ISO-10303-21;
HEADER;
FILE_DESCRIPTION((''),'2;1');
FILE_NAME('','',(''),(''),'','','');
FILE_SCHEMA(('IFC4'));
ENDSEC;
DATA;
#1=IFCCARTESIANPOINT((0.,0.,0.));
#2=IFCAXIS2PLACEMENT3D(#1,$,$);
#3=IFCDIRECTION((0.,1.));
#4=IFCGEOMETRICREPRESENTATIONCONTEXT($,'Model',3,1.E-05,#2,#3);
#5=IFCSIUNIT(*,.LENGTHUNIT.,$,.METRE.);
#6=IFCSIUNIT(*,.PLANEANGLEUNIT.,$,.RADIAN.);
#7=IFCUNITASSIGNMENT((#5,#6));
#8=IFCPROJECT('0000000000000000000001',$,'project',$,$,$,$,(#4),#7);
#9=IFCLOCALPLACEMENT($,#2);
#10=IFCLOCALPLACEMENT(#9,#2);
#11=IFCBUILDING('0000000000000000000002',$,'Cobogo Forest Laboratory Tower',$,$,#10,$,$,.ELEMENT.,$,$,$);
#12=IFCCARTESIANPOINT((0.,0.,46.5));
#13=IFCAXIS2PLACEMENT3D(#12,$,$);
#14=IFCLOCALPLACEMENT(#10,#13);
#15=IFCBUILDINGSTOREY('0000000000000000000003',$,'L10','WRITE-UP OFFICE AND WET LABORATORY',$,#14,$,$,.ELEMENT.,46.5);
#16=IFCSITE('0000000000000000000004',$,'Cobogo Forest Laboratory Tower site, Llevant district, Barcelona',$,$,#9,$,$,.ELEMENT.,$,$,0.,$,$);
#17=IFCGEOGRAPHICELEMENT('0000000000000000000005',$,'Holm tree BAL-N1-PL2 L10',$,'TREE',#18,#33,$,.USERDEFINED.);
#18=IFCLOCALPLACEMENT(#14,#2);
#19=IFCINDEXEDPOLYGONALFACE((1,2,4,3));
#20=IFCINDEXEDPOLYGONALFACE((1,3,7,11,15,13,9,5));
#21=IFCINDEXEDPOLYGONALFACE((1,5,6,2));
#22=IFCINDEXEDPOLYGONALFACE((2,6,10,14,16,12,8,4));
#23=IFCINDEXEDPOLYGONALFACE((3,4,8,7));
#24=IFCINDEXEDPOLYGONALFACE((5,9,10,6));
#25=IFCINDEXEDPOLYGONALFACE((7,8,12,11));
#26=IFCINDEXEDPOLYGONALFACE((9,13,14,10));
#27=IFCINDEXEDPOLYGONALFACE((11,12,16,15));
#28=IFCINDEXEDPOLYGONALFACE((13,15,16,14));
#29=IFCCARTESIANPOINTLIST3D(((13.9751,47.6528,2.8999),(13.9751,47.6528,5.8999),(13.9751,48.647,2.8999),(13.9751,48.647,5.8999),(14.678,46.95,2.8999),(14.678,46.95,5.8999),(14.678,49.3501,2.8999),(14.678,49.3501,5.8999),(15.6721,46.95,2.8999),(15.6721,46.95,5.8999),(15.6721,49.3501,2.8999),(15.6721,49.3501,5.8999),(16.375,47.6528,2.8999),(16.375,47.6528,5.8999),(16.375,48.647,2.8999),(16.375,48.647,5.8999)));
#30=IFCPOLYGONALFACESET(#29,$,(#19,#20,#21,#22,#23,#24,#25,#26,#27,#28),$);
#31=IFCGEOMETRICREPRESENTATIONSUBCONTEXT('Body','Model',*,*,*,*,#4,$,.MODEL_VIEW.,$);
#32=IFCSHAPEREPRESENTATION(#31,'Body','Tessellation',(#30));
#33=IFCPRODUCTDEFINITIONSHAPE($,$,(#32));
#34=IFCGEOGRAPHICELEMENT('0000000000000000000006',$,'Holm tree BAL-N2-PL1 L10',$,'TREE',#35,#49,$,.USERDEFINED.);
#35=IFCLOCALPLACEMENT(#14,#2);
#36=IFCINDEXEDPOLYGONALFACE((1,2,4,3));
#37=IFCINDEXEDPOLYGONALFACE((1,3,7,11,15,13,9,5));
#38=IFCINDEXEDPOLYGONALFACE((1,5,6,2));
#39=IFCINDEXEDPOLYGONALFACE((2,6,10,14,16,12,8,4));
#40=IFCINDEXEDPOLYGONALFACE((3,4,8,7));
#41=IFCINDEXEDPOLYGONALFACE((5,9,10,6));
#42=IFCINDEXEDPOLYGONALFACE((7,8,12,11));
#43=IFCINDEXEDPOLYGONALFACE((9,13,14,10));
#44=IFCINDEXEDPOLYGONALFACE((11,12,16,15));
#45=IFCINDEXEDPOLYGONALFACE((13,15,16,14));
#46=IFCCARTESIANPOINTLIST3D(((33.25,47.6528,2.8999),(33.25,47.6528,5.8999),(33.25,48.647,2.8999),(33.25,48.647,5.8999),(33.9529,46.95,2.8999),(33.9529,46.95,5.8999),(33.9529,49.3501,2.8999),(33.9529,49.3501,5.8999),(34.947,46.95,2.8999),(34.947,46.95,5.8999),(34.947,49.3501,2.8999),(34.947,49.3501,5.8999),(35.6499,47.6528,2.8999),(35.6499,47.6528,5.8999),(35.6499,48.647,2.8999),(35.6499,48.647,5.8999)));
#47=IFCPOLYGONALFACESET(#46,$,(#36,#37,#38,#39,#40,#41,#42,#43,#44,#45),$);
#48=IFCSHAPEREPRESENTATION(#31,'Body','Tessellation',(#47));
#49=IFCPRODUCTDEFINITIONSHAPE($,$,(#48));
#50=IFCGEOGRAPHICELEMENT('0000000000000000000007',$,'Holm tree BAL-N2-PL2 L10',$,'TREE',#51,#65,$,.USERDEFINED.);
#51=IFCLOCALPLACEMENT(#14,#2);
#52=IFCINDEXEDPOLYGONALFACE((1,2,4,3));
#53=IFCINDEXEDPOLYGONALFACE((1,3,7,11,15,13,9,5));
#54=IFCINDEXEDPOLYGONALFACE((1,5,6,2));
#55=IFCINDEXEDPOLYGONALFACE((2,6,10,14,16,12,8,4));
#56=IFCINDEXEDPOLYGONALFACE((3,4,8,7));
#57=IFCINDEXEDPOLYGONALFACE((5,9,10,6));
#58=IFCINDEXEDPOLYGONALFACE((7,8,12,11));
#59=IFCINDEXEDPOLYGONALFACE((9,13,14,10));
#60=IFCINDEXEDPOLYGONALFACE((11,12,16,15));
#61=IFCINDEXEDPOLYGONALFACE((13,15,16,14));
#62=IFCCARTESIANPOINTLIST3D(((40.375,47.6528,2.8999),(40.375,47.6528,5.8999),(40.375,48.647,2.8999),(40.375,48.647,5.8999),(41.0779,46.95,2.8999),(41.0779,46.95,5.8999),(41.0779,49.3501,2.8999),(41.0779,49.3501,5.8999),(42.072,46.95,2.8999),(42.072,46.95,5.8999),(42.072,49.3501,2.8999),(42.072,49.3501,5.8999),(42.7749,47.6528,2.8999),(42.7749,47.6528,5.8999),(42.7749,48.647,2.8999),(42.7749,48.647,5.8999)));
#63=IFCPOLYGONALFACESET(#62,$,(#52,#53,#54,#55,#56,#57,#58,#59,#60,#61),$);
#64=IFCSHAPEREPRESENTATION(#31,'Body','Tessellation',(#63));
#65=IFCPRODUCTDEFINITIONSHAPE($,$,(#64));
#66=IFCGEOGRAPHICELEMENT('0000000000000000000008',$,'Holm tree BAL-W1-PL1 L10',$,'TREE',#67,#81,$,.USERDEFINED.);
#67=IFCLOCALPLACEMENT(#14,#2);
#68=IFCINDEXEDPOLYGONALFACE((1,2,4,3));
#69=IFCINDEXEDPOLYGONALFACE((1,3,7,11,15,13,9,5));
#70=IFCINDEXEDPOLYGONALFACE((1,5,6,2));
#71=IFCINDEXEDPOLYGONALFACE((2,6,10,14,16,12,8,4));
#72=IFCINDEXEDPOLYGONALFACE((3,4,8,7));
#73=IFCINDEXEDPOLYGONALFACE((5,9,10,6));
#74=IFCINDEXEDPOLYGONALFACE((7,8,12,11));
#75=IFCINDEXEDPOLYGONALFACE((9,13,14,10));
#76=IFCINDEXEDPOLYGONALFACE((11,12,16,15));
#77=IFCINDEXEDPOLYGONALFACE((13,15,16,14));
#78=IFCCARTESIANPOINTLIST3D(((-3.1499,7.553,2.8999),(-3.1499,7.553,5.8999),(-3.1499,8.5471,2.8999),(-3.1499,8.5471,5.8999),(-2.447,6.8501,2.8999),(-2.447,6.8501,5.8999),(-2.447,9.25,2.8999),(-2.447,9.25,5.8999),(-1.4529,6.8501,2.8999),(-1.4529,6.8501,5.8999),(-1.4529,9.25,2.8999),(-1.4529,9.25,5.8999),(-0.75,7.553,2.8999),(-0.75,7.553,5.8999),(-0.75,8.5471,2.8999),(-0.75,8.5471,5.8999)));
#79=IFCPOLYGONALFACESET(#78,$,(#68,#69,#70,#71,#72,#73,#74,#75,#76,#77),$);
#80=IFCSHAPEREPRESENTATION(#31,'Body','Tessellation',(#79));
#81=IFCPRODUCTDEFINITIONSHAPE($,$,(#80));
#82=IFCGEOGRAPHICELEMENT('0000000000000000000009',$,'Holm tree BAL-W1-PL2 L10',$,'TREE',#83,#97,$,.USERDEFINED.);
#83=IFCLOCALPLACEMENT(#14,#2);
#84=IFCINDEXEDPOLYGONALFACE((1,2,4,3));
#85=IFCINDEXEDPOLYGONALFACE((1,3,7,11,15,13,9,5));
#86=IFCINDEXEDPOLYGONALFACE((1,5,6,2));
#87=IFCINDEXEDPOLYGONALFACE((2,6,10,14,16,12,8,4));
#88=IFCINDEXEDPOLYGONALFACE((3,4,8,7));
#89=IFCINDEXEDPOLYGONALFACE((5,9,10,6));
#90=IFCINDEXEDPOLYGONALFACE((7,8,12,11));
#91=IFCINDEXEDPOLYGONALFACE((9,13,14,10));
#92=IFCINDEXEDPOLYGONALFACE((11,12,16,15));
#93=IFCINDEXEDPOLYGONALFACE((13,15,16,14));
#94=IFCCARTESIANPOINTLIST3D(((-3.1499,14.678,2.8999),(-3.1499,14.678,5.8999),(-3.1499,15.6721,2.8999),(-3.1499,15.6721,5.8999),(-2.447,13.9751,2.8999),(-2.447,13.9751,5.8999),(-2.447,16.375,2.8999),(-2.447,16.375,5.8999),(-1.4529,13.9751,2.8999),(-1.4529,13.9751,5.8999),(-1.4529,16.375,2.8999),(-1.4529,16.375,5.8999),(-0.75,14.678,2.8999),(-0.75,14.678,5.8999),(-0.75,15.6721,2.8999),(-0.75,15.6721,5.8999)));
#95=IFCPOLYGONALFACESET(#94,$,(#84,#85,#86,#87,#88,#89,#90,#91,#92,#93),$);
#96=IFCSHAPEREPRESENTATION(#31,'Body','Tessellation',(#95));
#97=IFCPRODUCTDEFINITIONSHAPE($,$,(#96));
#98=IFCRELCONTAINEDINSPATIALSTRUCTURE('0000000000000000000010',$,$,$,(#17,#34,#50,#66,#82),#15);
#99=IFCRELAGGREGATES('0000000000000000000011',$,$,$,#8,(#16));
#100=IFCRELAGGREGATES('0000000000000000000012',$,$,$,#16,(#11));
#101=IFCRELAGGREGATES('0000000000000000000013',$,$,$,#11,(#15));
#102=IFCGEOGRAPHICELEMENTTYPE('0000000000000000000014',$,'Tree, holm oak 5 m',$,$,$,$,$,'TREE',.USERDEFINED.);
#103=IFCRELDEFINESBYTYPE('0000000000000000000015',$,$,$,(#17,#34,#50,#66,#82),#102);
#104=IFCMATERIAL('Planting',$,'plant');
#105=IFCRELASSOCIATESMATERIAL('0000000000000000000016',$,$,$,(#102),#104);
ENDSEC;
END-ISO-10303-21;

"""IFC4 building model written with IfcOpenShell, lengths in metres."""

from ifc_helpers import new_model, si_unit, direction, frame, origin, place, context, subcontext, project, spatial, polyline, outline, extrude, material, type_object, element, save


model = new_model("IFC4")

# Units and contexts
model_context = context("Model", 3, precision=1e-05, world=origin(), true_north=direction((0.0, 1.0)))
body_context = subcontext(model_context, "Body", "Model", "MODEL_VIEW")
ifc_project = project(units=[si_unit("LENGTHUNIT", "METRE"), si_unit("PLANEANGLEUNIT", "RADIAN")], contexts=[model_context])

# Site, building, storey
site_placement = place(None, origin())
site = spatial("IfcSite", under=ifc_project, at=site_placement, Name="Cobogo Forest Laboratory Tower site, Llevant district, Barcelona", CompositionType="ELEMENT", RefElevation=0.0)
building_placement = place(site_placement, origin())
building = spatial("IfcBuilding", under=site, at=building_placement, Name="Cobogo Forest Laboratory Tower", CompositionType="ELEMENT")
storey_placement = place(building_placement, frame((0.0, 0.0, 46.5)))
storey = spatial("IfcBuildingStorey", under=building, at=storey_placement, Name="L10", Description="WRITE-UP OFFICE AND WET LABORATORY", CompositionType="ELEMENT", Elevation=46.5)

# Geographic elements
ifc_material_1 = material(Name="Planting", Category="plant")
geographic_element_type = type_object("IfcGeographicElementType", Name="Tree, holm oak 5 m", ElementType="TREE", PredefinedType="USERDEFINED", material=ifc_material_1)
geographic_element_1_placement = place(storey_placement, frame((0.0, 0.0, 2.8999)))
element("IfcGeographicElement", 1, at=geographic_element_1_placement, inside=storey, type_object=geographic_element_type, Name="Holm tree BAL-N1-PL2 L10", ObjectType="TREE", PredefinedType="USERDEFINED", context=body_context, shape_type="SweptSolid", body=[
    extrude(outline(polyline([(16.375, 47.6528), (16.375, 48.647), (15.6721, 49.3501), (14.678, 49.3501), (13.9751, 48.647), (13.9751, 47.6528), (14.678, 46.95), (15.6721, 46.95), (16.375, 47.6528)])), origin(), (0.0, 0.0, 1.0), 3.0),
])
geographic_element_2_placement = place(storey_placement, frame((0.0, 0.0, 2.8999)))
element("IfcGeographicElement", 2, at=geographic_element_2_placement, inside=storey, type_object=geographic_element_type, Name="Holm tree BAL-N2-PL1 L10", ObjectType="TREE", PredefinedType="USERDEFINED", context=body_context, shape_type="SweptSolid", body=[
    extrude(outline(polyline([(35.6499, 47.6528), (35.6499, 48.647), (34.947, 49.3501), (33.9529, 49.3501), (33.25, 48.647), (33.25, 47.6528), (33.9529, 46.95), (34.947, 46.95), (35.6499, 47.6528)])), origin(), (0.0, 0.0, 1.0), 3.0),
])
geographic_element_3_placement = place(storey_placement, frame((0.0, 0.0, 2.8999)))
element("IfcGeographicElement", 3, at=geographic_element_3_placement, inside=storey, type_object=geographic_element_type, Name="Holm tree BAL-N2-PL2 L10", ObjectType="TREE", PredefinedType="USERDEFINED", context=body_context, shape_type="SweptSolid", body=[
    extrude(outline(polyline([(42.7749, 47.6528), (42.7749, 48.647), (42.072, 49.3501), (41.0779, 49.3501), (40.375, 48.647), (40.375, 47.6528), (41.0779, 46.95), (42.072, 46.95), (42.7749, 47.6528)])), origin(), (0.0, 0.0, 1.0), 3.0),
])
geographic_element_4_placement = place(storey_placement, frame((0.0, 0.0, 2.8999)))
element("IfcGeographicElement", 4, at=geographic_element_4_placement, inside=storey, type_object=geographic_element_type, Name="Holm tree BAL-W1-PL1 L10", ObjectType="TREE", PredefinedType="USERDEFINED", context=body_context, shape_type="SweptSolid", body=[
    extrude(outline(polyline([(-0.75, 7.553), (-0.75, 8.5471), (-1.4529, 9.25), (-2.447, 9.25), (-3.1499, 8.5471), (-3.1499, 7.553), (-2.447, 6.8501), (-1.4529, 6.8501), (-0.75, 7.553)])), origin(), (0.0, 0.0, 1.0), 3.0),
])
geographic_element_5_placement = place(storey_placement, frame((0.0, 0.0, 2.8999)))
element("IfcGeographicElement", 5, at=geographic_element_5_placement, inside=storey, type_object=geographic_element_type, Name="Holm tree BAL-W1-PL2 L10", ObjectType="TREE", PredefinedType="USERDEFINED", context=body_context, shape_type="SweptSolid", body=[
    extrude(outline(polyline([(-0.75, 14.678), (-0.75, 15.6721), (-1.4529, 16.375), (-2.447, 16.375), (-3.1499, 15.6721), (-3.1499, 14.678), (-2.447, 13.9751), (-1.4529, 13.9751), (-0.75, 14.678)])), origin(), (0.0, 0.0, 1.0), 3.0),
])

save(model, "model.ifc")
